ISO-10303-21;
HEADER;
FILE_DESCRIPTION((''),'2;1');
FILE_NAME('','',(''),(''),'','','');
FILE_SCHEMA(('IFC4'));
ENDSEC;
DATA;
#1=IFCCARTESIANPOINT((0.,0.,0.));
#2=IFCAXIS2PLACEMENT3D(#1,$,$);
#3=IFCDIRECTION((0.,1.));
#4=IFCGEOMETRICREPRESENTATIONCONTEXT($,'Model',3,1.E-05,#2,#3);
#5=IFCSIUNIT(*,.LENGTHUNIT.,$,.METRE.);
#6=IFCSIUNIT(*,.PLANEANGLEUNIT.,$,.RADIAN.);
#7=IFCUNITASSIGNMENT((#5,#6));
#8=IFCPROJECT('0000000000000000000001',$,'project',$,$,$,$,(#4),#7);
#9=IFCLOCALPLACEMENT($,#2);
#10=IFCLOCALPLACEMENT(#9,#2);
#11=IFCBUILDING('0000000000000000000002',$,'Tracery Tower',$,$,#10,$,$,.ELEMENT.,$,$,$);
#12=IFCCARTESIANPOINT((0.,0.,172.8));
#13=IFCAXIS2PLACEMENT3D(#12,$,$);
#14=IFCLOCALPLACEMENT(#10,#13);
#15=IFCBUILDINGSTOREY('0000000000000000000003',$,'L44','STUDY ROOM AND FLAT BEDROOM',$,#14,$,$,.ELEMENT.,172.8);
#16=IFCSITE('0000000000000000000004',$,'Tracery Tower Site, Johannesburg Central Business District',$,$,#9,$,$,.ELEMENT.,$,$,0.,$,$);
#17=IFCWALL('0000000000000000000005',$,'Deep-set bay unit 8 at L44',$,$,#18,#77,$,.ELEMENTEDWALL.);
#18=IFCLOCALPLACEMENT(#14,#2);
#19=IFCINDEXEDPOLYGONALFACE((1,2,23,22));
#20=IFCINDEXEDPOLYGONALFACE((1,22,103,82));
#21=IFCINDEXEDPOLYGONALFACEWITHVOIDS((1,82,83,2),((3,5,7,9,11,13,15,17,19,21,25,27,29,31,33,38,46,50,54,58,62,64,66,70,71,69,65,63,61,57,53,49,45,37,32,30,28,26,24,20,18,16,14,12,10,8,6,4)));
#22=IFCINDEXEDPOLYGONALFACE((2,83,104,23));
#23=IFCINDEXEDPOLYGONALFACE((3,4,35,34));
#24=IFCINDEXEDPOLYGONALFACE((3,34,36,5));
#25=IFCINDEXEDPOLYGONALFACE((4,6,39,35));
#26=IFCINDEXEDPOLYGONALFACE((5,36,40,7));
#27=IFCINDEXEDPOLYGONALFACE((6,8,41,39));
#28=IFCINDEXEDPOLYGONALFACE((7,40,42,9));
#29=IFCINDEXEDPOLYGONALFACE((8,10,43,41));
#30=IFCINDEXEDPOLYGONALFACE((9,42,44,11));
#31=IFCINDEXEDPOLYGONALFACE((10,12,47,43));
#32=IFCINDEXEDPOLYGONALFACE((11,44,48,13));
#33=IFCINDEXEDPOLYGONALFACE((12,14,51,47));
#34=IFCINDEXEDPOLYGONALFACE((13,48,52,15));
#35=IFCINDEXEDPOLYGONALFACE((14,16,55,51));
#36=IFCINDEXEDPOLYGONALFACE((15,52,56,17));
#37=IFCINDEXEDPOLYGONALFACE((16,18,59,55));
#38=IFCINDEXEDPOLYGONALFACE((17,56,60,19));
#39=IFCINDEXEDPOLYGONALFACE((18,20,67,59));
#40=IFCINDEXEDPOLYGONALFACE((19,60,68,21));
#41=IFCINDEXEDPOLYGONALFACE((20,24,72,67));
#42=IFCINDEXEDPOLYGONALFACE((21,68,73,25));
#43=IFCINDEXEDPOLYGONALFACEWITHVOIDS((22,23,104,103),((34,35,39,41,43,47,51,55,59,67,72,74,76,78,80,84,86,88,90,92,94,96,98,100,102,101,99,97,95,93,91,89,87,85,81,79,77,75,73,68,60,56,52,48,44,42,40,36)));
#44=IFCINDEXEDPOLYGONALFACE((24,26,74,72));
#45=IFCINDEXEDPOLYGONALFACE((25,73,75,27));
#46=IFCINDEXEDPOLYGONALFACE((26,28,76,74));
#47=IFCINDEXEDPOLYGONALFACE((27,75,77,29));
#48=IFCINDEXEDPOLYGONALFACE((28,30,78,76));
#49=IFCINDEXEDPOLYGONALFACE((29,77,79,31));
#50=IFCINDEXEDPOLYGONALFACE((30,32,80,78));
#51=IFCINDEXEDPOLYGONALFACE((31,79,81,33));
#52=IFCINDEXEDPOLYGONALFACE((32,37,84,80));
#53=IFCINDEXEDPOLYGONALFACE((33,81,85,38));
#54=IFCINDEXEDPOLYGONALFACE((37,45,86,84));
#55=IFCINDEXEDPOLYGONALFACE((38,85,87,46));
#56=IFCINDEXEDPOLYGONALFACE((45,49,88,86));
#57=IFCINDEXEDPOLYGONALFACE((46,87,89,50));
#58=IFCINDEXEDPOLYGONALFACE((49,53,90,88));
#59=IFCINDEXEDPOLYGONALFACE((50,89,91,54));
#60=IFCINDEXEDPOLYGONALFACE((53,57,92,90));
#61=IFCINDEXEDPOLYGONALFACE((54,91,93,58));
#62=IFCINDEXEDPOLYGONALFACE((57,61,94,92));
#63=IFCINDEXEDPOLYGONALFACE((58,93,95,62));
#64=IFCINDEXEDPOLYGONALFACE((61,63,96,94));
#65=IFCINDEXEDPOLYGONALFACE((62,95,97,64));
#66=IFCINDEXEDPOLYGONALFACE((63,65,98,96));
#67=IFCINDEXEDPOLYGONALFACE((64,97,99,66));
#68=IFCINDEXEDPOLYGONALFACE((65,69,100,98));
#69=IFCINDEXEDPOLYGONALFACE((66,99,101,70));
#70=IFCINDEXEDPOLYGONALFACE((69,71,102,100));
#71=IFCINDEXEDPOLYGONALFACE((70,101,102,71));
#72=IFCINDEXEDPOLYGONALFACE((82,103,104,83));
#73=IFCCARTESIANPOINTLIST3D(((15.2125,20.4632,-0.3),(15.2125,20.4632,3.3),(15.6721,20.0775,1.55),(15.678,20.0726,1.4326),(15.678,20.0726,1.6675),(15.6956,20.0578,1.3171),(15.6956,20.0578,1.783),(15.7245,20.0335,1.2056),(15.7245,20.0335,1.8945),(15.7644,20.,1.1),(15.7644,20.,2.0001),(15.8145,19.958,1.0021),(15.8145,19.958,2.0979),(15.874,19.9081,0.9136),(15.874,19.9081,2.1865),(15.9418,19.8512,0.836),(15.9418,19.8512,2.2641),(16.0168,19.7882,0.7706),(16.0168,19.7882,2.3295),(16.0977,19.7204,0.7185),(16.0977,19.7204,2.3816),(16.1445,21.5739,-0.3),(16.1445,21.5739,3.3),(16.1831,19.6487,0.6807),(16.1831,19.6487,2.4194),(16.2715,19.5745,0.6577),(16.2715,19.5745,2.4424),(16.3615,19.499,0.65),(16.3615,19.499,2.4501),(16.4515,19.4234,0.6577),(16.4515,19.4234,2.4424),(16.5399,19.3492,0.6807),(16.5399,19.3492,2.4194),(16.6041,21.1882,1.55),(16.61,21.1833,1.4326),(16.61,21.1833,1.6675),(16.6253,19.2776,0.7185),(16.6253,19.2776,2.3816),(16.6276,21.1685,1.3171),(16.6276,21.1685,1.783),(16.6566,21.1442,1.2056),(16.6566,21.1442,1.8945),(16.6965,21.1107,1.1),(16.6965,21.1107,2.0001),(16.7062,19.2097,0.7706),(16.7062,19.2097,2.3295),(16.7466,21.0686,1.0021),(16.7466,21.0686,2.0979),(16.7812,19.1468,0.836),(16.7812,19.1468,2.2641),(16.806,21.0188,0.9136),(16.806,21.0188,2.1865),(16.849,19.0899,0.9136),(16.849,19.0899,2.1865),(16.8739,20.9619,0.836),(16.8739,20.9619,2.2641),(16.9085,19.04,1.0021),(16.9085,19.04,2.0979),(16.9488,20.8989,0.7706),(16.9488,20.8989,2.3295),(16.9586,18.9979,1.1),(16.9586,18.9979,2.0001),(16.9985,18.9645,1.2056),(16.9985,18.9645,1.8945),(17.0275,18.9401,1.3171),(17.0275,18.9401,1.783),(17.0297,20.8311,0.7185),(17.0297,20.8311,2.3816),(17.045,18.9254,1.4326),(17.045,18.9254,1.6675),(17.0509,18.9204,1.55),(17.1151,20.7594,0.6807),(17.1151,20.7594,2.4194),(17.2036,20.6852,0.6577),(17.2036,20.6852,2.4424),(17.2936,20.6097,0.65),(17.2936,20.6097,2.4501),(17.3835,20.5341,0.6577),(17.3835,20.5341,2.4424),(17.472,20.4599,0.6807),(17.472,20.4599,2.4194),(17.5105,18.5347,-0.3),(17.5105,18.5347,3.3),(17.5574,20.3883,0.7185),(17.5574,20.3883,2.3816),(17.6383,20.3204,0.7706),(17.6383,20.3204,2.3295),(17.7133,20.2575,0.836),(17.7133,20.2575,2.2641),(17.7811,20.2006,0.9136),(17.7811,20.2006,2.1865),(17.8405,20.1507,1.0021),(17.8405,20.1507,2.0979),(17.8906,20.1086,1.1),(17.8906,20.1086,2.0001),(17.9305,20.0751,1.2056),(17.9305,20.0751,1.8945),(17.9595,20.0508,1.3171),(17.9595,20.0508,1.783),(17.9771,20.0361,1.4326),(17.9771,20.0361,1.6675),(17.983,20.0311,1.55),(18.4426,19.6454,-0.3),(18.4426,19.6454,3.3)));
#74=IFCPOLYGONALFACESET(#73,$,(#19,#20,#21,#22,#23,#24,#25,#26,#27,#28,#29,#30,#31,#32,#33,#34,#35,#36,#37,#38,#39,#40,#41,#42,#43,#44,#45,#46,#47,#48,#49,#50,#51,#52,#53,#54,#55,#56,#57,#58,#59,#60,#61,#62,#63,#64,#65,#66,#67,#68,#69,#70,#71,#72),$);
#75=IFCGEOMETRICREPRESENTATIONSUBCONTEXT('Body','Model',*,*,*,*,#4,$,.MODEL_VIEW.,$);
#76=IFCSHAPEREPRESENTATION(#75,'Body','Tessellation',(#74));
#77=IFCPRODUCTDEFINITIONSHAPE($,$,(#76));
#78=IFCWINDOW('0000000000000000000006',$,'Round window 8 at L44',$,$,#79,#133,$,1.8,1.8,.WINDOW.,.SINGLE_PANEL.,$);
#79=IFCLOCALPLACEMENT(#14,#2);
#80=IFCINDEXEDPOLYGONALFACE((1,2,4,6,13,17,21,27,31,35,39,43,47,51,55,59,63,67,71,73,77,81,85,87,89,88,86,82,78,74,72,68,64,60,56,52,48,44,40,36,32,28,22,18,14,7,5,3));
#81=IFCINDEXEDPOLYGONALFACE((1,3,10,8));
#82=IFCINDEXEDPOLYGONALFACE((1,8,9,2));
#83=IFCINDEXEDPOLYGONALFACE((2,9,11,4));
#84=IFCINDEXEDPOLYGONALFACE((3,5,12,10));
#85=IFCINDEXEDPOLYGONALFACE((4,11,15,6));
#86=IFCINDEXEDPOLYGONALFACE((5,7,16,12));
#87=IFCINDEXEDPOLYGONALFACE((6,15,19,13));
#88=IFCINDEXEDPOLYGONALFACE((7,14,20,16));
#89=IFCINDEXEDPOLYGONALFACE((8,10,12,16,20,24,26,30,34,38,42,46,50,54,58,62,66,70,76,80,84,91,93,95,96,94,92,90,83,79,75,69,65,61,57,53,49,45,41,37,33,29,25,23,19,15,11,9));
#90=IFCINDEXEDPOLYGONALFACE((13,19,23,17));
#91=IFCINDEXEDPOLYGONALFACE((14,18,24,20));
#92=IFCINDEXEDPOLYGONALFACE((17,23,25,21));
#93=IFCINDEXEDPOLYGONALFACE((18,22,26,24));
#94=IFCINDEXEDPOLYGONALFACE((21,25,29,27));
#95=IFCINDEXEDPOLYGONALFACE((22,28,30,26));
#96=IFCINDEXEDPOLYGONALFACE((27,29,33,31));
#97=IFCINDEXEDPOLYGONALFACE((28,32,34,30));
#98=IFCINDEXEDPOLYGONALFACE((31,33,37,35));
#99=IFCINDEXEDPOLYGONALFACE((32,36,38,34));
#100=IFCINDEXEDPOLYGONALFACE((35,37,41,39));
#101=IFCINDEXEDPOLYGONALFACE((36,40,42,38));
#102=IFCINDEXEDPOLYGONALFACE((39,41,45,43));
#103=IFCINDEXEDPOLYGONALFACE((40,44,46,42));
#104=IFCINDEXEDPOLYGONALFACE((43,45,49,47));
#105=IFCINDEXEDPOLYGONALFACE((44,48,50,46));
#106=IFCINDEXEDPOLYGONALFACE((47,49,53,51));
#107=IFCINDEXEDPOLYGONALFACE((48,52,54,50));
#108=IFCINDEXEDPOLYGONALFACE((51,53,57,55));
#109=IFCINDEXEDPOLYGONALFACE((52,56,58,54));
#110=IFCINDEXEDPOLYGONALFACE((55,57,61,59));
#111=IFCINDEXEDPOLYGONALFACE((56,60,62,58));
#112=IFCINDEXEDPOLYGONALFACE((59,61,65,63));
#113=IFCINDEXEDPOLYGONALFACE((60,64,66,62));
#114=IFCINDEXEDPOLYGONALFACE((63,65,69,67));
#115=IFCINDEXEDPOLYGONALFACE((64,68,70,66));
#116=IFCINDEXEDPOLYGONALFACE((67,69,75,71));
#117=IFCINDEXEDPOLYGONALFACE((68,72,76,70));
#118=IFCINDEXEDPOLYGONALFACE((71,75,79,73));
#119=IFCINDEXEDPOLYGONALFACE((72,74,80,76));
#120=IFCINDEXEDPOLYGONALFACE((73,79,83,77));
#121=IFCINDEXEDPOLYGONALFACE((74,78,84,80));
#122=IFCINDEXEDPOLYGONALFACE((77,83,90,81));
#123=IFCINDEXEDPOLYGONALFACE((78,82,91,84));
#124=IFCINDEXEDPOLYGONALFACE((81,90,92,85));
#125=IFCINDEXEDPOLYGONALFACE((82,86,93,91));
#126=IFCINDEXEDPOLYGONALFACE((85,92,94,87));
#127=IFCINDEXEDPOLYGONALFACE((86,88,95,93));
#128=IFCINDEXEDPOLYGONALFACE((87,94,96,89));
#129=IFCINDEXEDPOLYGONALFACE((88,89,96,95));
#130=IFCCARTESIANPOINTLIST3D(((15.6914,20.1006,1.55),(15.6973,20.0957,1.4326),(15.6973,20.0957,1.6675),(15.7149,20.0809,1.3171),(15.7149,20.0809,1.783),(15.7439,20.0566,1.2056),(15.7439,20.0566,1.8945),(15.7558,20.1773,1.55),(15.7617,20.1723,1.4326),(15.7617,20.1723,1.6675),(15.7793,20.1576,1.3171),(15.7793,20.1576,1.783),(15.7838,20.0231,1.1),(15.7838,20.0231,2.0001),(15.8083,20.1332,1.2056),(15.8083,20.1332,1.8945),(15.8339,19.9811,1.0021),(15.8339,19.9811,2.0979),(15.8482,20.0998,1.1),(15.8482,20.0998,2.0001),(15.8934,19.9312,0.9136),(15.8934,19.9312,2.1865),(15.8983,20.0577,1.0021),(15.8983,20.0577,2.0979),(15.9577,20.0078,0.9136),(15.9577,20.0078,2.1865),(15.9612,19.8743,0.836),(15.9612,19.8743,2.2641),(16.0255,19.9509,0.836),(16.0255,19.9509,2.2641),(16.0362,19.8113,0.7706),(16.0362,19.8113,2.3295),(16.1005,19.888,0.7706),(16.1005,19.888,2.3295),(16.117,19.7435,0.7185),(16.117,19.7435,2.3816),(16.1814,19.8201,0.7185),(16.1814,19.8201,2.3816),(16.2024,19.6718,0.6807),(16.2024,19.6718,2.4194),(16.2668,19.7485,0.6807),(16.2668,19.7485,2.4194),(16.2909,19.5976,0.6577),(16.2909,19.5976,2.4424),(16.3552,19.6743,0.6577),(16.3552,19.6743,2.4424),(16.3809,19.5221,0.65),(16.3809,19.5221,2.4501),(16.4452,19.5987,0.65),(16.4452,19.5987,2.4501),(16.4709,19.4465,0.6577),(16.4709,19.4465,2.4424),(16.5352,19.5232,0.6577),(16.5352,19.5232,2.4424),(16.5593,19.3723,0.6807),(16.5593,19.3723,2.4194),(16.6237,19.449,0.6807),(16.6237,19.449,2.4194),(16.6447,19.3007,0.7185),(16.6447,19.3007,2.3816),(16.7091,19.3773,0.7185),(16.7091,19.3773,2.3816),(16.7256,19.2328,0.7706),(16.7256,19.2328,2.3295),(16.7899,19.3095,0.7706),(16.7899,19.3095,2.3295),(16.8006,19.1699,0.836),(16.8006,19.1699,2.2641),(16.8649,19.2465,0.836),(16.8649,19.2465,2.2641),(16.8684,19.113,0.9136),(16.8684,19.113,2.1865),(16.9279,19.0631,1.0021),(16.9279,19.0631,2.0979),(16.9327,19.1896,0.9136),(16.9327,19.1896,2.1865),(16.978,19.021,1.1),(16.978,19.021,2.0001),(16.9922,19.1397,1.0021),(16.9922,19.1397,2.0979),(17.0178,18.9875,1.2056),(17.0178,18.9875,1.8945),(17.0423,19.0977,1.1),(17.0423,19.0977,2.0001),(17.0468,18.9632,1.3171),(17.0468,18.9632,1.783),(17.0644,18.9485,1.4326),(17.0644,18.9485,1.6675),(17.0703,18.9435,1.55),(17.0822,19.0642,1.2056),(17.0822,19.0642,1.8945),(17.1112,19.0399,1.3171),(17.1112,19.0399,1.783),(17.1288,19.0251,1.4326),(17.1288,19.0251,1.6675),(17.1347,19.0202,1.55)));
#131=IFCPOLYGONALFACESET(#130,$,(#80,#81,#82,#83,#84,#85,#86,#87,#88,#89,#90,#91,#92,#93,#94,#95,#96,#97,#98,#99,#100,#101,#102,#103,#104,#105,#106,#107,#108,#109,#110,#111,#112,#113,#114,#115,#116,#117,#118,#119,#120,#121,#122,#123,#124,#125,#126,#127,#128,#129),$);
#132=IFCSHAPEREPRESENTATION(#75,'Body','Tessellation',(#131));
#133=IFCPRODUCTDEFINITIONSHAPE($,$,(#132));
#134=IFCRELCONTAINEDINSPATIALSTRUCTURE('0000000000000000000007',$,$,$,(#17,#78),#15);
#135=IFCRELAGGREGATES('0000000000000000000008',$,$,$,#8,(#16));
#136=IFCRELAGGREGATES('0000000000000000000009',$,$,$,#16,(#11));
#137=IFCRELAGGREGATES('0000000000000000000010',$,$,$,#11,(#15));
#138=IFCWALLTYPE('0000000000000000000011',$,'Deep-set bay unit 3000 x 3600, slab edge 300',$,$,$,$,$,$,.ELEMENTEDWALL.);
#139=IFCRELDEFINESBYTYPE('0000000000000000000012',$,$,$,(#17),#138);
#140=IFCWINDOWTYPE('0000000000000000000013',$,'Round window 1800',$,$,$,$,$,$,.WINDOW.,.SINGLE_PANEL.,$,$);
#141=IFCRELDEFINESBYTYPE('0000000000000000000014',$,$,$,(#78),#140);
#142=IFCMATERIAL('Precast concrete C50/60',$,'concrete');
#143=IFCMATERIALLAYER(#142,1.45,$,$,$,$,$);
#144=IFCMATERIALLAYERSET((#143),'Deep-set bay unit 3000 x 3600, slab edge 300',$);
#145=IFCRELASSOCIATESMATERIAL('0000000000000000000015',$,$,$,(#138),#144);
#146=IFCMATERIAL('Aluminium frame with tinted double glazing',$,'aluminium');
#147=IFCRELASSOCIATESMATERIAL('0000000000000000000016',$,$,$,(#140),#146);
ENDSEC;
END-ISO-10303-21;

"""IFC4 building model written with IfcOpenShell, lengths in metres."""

from ifc_helpers import new_model, si_unit, direction, frame, frame_2d, origin, origin_2d, place, context, subcontext, project, spatial, rectangle, circle, extrude, material, layer, layer_set, type_object, element, fill, save


model = new_model("IFC4")

# Units and contexts
model_context = context("Model", 3, precision=1e-05, world=origin(), true_north=direction((0.0, 1.0)))
body_context = subcontext(model_context, "Body", "Model", "MODEL_VIEW")
ifc_project = project(units=[si_unit("LENGTHUNIT", "METRE"), si_unit("PLANEANGLEUNIT", "RADIAN")], contexts=[model_context])

# Site, building, storey
site_placement = place(None, origin())
site = spatial("IfcSite", under=ifc_project, at=site_placement, Name="Tracery Tower Site, Johannesburg Central Business District", CompositionType="ELEMENT", RefElevation=0.0)
building_placement = place(site_placement, origin())
building = spatial("IfcBuilding", under=site, at=building_placement, Name="Tracery Tower", CompositionType="ELEMENT")
storey_placement = place(building_placement, frame((0.0, 0.0, 172.8)))
storey = spatial("IfcBuildingStorey", under=building, at=storey_placement, Name="L44", Description="STUDY ROOM AND FLAT BEDROOM", CompositionType="ELEMENT", Elevation=172.8)

# Wall, opening, window
ifc_material_1 = material(Name="Precast concrete C50/60", Category="concrete")
ifc_layer_1 = layer(ifc_material_1, 1.45)
ifc_layer_set_1 = layer_set([ifc_layer_1], Name="Deep-set bay unit 3000 x 3600, slab edge 300")
wall_type_1 = type_object("IfcWallType", Name="Deep-set bay unit 3000 x 3600, slab edge 300", PredefinedType="ELEMENTEDWALL", material=ifc_layer_set_1)
ifc_material_2 = material(Name="Aluminium frame with tinted double glazing", Category="aluminium")
window_type = type_object("IfcWindowType", Name="Round window 1800", PartitioningType="SINGLE_PANEL", PredefinedType="WINDOW", material=ifc_material_2)
wall_1_placement = place(storey_placement, frame((17.9766, 19.0901, -0.3), z_axis=(0.0, 0.0, 1.0), x_axis=(-0.766022, 0.642814, 0.0)))
wall_1 = element("IfcWall", 1, at=wall_1_placement, inside=storey, type_object=wall_type_1, Name="Deep-set bay unit 8 at L44", PredefinedType="ELEMENTEDWALL", context=body_context, shape_type="SweptSolid", body=[
    extrude(rectangle(XDim=3.0, YDim=1.45, at=frame_2d((1.5, 0.0))), origin(), (0.0, 0.0, 1.0), 3.6001),
])
opening_1_placement = place(wall_1_placement, frame((1.5, 0.0, 1.8501)))
opening_1 = element("IfcOpeningElement", 2, at=opening_1_placement, cuts=wall_1, PredefinedType="OPENING", context=body_context, shape_type="SweptSolid", body=[
    extrude(circle(Radius=0.9, at=origin_2d()), frame((0.0, 0.7349, 0.0), z_axis=(0.0, -1.0, 0.0), x_axis=(1.0, 0.0, 0.0)), (0.0, 0.0, 1.0), 1.47),
])
window_1_placement = place(opening_1_placement, origin())
window_1 = element("IfcWindow", 3, at=window_1_placement, inside=storey, type_object=window_type, Name="Round window 8 at L44", OverallHeight=1.8, OverallWidth=1.8, PartitioningType="SINGLE_PANEL", PredefinedType="WINDOW", context=body_context, shape_type="SweptSolid", body=[
    extrude(circle(Radius=0.9, at=origin_2d()), frame((0.0, 0.6948, 0.0), z_axis=(0.0, -1.0, 0.0), x_axis=(1.0, 0.0, 0.0)), (0.0, 0.0, 1.0), 0.1001),
])
fill(opening_1, window_1)

save(model, "model.ifc")
